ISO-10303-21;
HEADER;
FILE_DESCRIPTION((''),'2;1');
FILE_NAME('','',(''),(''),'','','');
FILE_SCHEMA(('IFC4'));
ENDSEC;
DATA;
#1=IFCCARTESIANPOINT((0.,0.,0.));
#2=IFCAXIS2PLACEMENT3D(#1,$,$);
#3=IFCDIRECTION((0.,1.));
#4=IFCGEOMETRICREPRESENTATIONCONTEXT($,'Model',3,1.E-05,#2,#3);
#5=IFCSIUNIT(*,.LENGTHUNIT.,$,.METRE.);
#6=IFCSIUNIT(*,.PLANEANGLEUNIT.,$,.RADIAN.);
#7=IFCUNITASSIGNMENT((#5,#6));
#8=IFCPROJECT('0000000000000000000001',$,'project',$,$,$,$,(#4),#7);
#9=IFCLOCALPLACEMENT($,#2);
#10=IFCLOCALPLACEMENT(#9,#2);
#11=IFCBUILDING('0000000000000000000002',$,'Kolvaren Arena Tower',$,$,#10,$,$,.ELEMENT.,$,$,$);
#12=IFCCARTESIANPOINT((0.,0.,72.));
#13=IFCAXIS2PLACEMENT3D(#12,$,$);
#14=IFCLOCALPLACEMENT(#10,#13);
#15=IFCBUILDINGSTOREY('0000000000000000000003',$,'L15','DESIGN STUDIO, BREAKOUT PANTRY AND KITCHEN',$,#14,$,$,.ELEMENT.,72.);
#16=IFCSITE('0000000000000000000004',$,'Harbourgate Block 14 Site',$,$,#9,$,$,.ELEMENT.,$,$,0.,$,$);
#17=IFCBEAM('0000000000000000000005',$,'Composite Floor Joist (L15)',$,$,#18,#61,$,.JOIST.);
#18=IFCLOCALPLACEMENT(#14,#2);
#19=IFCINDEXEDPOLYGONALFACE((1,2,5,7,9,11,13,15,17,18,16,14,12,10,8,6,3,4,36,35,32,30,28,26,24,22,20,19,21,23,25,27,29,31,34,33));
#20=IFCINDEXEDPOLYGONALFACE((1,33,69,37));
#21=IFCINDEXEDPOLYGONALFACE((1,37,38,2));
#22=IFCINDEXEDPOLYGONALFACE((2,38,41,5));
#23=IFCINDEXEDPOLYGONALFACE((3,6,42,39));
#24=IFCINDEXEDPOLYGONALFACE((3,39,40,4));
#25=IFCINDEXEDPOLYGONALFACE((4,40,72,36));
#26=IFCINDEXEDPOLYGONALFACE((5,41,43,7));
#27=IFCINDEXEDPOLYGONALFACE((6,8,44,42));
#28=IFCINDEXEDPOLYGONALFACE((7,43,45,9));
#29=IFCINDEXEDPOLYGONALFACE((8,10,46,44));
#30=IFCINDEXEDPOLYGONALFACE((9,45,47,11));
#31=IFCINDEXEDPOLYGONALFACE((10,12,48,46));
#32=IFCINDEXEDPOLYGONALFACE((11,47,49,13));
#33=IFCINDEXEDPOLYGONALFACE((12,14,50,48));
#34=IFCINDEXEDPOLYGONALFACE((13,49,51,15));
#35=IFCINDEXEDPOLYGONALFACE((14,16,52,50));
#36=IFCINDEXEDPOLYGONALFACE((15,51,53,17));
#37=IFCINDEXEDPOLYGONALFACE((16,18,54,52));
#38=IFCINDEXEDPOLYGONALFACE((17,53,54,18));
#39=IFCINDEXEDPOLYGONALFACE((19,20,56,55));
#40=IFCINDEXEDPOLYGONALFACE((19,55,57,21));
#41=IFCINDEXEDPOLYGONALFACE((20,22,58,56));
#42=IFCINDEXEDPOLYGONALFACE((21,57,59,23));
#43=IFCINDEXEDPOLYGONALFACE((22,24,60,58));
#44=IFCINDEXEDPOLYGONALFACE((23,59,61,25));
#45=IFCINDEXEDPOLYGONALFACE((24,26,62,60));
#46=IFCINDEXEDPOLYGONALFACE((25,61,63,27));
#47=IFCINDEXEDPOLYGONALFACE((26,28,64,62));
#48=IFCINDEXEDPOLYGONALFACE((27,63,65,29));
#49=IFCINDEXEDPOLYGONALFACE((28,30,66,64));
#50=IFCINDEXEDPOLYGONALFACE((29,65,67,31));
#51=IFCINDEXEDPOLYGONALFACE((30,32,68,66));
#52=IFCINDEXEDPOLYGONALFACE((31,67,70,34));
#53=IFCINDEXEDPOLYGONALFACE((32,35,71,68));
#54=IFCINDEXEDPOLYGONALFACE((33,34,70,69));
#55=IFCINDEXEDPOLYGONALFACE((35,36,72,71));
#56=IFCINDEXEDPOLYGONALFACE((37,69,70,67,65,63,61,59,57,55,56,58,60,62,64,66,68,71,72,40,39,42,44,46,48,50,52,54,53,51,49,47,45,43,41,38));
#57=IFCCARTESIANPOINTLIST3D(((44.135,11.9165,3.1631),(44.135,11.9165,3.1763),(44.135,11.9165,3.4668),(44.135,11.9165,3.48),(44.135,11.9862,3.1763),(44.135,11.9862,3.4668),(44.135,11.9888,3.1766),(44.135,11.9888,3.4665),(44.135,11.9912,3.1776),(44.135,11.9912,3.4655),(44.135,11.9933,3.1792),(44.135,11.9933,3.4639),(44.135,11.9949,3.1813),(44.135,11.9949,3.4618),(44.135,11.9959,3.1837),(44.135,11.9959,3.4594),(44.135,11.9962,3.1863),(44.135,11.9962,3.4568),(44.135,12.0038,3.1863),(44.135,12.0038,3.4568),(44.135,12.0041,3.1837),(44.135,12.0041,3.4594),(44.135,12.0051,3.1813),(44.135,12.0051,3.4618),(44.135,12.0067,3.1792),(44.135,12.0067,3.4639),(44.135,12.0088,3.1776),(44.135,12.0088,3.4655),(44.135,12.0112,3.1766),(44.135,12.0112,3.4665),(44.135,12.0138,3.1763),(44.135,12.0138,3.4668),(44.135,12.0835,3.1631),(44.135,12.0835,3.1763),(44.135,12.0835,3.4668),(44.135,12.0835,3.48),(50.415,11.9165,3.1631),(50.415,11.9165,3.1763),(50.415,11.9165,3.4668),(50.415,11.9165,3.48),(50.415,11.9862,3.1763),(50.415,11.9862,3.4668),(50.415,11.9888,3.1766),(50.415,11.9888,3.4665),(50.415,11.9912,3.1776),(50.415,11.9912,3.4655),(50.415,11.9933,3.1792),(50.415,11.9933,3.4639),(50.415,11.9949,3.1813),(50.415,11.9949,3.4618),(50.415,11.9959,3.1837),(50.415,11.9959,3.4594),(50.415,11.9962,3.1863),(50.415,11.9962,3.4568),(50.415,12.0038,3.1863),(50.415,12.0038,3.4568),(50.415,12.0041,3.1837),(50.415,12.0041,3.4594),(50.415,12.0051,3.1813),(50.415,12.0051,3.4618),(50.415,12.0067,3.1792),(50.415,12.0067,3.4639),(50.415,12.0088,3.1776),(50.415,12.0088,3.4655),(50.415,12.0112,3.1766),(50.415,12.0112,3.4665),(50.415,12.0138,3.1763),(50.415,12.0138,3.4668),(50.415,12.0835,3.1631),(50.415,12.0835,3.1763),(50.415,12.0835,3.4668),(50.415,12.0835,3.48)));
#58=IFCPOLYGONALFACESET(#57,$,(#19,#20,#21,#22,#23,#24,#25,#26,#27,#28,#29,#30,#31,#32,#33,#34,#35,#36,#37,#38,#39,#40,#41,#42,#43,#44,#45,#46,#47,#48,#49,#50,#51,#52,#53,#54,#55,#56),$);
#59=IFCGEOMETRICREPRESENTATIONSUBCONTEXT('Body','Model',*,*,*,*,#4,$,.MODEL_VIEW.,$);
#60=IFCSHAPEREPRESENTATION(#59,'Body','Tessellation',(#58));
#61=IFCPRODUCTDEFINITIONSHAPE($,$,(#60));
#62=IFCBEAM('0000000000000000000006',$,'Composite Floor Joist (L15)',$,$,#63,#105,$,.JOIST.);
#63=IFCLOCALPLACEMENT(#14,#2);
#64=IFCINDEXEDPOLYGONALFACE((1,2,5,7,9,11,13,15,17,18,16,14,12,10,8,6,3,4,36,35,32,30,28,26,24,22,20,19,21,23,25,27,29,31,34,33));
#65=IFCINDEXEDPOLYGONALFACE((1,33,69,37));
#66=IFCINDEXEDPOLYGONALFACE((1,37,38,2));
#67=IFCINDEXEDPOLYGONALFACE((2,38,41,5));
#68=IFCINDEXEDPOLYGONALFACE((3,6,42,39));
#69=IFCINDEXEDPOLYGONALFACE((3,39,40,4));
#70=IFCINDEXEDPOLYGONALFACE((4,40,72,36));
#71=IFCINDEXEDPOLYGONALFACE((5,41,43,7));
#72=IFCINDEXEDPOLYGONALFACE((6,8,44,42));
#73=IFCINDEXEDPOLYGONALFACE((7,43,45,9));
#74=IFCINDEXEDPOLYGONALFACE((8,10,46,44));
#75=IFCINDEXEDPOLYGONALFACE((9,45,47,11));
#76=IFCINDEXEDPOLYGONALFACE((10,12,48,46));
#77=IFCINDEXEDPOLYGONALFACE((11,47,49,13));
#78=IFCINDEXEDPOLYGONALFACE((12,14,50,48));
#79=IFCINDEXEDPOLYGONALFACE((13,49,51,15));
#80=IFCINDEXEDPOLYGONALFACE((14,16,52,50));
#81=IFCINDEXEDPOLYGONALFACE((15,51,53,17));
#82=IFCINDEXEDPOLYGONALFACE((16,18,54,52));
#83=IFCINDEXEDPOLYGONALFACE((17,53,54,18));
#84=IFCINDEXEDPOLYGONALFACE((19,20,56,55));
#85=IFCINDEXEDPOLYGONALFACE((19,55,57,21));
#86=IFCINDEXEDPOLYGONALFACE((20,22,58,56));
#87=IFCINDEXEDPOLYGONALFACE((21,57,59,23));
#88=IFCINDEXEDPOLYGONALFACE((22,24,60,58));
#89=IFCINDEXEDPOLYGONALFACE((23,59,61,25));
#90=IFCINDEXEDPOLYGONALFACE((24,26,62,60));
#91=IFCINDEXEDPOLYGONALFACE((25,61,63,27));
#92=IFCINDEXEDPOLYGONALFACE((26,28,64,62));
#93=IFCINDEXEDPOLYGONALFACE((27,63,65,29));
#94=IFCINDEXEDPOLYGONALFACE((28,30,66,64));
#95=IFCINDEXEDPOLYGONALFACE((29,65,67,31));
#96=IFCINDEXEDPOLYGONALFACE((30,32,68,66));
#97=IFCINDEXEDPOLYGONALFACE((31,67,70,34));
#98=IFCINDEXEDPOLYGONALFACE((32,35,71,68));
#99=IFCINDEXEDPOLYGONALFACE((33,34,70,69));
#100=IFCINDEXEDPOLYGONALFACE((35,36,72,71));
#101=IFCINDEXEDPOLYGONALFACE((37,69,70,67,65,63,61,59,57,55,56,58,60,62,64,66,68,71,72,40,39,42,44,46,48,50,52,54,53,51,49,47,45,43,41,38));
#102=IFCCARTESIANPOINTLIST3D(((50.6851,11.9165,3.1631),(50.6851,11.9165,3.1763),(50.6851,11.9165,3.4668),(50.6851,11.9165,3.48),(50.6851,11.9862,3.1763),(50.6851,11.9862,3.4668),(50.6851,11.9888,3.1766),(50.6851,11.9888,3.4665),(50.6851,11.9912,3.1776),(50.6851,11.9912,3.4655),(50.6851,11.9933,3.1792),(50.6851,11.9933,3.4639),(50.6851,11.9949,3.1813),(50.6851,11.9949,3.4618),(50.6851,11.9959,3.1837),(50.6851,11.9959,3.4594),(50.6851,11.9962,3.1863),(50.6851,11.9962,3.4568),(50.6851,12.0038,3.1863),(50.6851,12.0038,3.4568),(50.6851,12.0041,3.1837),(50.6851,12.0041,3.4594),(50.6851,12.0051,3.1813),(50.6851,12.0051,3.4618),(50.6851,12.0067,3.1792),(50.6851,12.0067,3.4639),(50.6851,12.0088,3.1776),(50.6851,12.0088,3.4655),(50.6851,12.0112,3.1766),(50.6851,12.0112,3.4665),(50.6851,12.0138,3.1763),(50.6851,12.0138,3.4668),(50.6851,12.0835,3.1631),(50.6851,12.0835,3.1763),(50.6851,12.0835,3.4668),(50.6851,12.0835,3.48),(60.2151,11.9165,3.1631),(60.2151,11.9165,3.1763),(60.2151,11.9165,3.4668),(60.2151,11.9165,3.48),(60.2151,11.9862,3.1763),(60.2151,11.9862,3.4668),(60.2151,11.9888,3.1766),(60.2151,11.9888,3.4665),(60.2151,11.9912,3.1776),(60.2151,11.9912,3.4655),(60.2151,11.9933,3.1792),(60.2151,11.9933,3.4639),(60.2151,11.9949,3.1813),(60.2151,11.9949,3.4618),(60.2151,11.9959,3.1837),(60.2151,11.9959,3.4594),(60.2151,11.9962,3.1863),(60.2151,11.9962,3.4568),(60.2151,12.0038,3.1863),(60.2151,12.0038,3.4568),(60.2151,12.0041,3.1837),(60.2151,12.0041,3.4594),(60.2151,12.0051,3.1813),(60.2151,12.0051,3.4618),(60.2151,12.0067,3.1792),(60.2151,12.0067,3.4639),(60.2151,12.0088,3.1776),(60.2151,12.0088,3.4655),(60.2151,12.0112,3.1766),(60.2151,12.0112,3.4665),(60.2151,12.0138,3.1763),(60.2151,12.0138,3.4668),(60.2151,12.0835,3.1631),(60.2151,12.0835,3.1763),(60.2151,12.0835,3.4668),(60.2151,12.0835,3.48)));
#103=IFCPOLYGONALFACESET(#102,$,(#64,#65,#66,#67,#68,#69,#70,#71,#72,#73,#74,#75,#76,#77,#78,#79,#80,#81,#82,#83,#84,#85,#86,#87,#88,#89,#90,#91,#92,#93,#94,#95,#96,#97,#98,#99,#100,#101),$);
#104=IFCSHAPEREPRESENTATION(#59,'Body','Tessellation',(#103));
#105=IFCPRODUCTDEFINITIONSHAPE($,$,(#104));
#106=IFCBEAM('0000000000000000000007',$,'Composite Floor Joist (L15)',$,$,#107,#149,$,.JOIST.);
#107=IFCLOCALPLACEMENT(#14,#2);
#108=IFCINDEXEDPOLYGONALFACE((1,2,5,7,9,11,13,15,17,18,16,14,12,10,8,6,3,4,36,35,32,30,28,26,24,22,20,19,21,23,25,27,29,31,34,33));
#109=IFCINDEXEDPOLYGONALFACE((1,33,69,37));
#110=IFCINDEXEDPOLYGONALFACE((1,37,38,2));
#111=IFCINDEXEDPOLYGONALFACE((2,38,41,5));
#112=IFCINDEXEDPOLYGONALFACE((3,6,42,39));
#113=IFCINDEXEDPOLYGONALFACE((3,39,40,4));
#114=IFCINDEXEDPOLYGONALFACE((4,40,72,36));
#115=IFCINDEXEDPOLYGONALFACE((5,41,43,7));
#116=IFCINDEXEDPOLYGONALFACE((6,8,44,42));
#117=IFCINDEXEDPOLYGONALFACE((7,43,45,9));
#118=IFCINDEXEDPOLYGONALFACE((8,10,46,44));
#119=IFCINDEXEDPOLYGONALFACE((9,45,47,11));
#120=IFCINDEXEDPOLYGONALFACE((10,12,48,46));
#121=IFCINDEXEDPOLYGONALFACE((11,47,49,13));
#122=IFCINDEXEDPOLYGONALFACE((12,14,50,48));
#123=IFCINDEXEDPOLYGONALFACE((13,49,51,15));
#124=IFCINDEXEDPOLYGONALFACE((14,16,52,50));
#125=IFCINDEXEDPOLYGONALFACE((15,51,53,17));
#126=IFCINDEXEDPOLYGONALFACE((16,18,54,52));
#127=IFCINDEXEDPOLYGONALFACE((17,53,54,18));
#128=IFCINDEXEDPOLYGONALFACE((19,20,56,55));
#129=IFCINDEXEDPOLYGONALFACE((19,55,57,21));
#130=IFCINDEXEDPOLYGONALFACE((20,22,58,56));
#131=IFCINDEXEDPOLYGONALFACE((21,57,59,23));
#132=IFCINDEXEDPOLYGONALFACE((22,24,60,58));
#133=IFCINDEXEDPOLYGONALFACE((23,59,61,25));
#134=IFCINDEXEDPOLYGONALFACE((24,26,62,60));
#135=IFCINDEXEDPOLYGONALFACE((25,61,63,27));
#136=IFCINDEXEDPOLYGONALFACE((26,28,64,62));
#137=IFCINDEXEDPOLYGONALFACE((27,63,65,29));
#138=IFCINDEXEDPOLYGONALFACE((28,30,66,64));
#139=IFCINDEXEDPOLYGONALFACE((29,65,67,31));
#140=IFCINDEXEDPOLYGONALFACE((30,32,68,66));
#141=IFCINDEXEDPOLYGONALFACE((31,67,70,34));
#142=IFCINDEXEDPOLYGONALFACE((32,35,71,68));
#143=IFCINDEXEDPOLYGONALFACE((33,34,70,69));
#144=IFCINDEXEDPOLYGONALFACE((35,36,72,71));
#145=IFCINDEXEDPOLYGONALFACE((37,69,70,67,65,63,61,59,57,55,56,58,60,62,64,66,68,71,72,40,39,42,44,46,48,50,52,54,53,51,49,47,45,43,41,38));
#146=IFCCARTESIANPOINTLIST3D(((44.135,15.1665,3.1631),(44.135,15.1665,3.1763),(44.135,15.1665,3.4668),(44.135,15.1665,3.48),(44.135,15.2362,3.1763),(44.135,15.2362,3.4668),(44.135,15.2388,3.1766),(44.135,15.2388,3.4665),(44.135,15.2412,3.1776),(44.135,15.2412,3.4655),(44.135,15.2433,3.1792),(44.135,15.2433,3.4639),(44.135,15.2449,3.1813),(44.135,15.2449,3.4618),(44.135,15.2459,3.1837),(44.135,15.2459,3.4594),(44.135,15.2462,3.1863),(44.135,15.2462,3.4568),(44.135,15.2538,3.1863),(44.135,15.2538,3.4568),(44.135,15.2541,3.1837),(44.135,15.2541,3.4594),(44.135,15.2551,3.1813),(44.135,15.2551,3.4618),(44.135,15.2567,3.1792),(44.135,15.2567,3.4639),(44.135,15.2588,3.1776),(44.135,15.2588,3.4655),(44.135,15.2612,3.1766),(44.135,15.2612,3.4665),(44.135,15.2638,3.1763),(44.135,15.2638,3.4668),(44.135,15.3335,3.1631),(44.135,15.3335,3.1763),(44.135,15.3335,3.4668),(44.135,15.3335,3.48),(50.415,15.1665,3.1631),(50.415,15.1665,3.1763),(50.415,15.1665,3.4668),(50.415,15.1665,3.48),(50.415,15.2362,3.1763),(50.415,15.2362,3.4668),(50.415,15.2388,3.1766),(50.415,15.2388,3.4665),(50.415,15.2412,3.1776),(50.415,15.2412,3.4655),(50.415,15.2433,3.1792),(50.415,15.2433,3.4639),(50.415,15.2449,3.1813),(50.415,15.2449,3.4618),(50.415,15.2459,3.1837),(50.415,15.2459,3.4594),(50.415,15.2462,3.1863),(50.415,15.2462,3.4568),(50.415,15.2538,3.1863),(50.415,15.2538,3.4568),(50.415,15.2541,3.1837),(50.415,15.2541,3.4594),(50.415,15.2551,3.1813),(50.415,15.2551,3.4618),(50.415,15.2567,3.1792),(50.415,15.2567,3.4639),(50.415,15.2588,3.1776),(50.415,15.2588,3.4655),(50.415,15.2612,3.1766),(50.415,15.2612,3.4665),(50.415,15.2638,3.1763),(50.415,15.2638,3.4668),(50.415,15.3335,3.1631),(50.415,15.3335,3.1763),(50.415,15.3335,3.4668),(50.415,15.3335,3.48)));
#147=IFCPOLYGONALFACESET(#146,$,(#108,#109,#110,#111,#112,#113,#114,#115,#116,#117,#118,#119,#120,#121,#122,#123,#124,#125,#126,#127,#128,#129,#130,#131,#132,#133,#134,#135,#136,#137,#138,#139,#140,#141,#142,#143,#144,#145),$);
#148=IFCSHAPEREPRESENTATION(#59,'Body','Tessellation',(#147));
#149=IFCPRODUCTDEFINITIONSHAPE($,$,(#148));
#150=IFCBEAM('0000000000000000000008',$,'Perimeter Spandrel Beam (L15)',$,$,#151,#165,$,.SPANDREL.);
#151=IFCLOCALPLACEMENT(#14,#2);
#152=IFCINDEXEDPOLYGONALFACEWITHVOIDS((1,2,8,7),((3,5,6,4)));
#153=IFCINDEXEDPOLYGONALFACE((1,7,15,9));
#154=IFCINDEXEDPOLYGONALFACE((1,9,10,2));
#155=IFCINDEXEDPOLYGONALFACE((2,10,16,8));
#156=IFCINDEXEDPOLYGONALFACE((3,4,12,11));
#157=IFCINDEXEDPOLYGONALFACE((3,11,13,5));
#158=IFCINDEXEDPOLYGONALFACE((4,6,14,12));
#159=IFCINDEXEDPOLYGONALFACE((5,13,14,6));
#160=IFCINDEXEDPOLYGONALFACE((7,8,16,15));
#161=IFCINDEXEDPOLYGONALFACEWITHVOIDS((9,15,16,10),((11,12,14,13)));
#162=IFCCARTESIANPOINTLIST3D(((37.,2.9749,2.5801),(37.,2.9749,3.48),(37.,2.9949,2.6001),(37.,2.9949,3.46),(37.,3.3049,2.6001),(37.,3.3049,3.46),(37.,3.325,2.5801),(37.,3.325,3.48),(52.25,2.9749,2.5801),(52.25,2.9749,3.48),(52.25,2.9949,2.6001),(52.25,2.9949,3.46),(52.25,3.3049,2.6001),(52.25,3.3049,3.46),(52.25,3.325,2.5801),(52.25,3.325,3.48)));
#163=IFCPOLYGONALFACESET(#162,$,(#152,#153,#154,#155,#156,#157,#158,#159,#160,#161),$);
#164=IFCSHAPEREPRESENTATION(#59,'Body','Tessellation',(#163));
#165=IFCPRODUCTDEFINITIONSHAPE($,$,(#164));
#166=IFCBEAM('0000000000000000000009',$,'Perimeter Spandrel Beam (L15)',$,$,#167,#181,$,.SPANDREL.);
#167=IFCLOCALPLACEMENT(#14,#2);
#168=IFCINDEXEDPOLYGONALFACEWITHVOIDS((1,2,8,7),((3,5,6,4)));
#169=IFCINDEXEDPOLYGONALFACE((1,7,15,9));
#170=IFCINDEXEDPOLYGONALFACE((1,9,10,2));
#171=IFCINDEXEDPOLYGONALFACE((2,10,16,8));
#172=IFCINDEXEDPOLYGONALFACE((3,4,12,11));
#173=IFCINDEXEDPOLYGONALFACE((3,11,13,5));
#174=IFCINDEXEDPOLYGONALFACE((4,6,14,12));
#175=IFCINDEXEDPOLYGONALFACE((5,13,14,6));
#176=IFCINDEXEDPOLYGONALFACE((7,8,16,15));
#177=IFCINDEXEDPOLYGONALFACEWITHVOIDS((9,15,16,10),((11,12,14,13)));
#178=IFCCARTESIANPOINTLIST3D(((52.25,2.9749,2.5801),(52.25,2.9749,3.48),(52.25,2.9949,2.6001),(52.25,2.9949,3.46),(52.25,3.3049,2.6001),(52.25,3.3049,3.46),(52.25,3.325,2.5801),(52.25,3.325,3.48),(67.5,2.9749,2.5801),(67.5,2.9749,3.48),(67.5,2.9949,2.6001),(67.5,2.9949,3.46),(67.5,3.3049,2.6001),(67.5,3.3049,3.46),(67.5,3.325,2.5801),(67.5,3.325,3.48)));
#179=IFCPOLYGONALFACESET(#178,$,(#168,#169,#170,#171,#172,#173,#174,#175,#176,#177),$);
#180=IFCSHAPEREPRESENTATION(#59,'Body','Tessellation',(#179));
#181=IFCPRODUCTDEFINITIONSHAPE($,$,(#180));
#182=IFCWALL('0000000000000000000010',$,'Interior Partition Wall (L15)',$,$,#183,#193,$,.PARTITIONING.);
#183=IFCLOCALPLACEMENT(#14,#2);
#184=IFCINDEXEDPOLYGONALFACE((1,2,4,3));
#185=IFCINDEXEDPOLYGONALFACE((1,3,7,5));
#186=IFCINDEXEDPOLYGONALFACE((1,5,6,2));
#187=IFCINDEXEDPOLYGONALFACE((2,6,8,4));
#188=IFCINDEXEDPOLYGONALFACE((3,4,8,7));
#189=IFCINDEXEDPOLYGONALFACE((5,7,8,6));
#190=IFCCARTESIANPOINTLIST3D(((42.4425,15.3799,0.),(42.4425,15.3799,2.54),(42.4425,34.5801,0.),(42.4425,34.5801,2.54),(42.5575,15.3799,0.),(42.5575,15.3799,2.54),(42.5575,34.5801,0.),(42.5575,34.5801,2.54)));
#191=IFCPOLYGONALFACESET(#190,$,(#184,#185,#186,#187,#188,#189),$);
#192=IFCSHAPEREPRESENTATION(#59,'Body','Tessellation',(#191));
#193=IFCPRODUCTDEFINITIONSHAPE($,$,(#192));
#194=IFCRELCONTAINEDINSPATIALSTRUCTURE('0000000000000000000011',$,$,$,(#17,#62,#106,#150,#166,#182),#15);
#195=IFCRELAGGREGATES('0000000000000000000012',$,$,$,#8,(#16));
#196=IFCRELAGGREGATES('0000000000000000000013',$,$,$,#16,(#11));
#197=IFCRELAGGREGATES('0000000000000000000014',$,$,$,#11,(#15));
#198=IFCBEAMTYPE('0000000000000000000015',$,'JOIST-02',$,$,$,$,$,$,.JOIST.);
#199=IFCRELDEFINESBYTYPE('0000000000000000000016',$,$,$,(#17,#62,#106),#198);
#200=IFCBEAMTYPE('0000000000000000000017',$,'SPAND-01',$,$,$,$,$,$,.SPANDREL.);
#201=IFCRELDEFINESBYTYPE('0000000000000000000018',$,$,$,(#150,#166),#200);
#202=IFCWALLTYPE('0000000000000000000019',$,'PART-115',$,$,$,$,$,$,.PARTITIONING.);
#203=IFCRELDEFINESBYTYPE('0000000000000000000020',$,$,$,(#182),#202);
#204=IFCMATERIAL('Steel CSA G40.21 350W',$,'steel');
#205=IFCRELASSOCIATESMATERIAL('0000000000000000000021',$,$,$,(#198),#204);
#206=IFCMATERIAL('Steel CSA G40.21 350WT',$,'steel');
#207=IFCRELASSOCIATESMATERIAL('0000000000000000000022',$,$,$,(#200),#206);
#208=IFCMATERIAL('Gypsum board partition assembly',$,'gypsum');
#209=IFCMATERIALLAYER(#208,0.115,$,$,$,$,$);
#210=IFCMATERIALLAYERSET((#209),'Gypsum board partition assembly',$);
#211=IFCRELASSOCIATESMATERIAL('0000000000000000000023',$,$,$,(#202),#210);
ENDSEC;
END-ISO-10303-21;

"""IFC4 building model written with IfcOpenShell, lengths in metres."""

from ifc_helpers import new_model, si_unit, direction, frame, frame_2d, origin, origin_2d, place, context, subcontext, project, spatial, rectangle, hollow_rectangle, i_section, extrude, material, layer, layer_set, material_profile, profile_set, type_object, element, save


model = new_model("IFC4")

# Units and contexts
model_context = context("Model", 3, precision=1e-05, world=origin(), true_north=direction((0.0, 1.0)))
body_context = subcontext(model_context, "Body", "Model", "MODEL_VIEW")
ifc_project = project(units=[si_unit("LENGTHUNIT", "METRE"), si_unit("PLANEANGLEUNIT", "RADIAN")], contexts=[model_context])

# Site, building, storey
site_placement = place(None, origin())
site = spatial("IfcSite", under=ifc_project, at=site_placement, Name="Harbourgate Block 14 Site", CompositionType="ELEMENT", RefElevation=0.0)
building_placement = place(site_placement, origin())
building = spatial("IfcBuilding", under=site, at=building_placement, Name="Kolvaren Arena Tower", CompositionType="ELEMENT")
storey_placement = place(building_placement, frame((0.0, 0.0, 72.0)))
storey = spatial("IfcBuildingStorey", under=building, at=storey_placement, Name="L15", Description="DESIGN STUDIO, BREAKOUT PANTRY AND KITCHEN", CompositionType="ELEMENT", Elevation=72.0)

# Beams
ifc_material_1 = material(Name="Steel CSA G40.21 350W", Category="steel")
ifc_material_profile_1 = material_profile(ifc_material_1, i_section(OverallWidth=0.167, OverallDepth=0.3169, WebThickness=0.0076, FlangeThickness=0.0132, FilletRadius=0.01, at=origin_2d()), Name="W310x52")
ifc_profile_set_1 = profile_set([ifc_material_profile_1], Name="Steel CSA G40.21 350W")
beam_type_1 = type_object("IfcBeamType", Name="JOIST-02", PredefinedType="JOIST", material=ifc_profile_set_1)
beam_1_placement = place(storey_placement, frame((44.135, 12.0, 3.3215), z_axis=(1.0, 0.0, 0.0), x_axis=(0.0, 1.0, 0.0)))
element("IfcBeam", 1, at=beam_1_placement, inside=storey, type_object=beam_type_1, Name="Composite Floor Joist (L15)", PredefinedType="JOIST", context=body_context, shape_type="SweptSolid", body=[
    extrude(i_section(OverallWidth=0.167, OverallDepth=0.3169, WebThickness=0.0076, FlangeThickness=0.0132, FilletRadius=0.01, at=origin_2d()), origin(), (0.0, 0.0, 1.0), 6.28),
])
beam_2_placement = place(storey_placement, frame((50.6851, 12.0, 3.3215), z_axis=(1.0, 0.0, 0.0), x_axis=(0.0, 1.0, 0.0)))
element("IfcBeam", 2, at=beam_2_placement, inside=storey, type_object=beam_type_1, Name="Composite Floor Joist (L15)", PredefinedType="JOIST", context=body_context, shape_type="SweptSolid", body=[
    extrude(i_section(OverallWidth=0.167, OverallDepth=0.3169, WebThickness=0.0076, FlangeThickness=0.0132, FilletRadius=0.01, at=origin_2d()), origin(), (0.0, 0.0, 1.0), 9.53),
])
beam_3_placement = place(storey_placement, frame((44.135, 15.25, 3.3215), z_axis=(1.0, 0.0, 0.0), x_axis=(0.0, 1.0, 0.0)))
element("IfcBeam", 3, at=beam_3_placement, inside=storey, type_object=beam_type_1, Name="Composite Floor Joist (L15)", PredefinedType="JOIST", context=body_context, shape_type="SweptSolid", body=[
    extrude(i_section(OverallWidth=0.167, OverallDepth=0.3169, WebThickness=0.0076, FlangeThickness=0.0132, FilletRadius=0.01, at=origin_2d()), origin(), (0.0, 0.0, 1.0), 6.28),
])
ifc_material_2 = material(Name="Steel CSA G40.21 350WT", Category="steel")
ifc_material_profile_2 = material_profile(ifc_material_2, hollow_rectangle(XDim=0.3501, YDim=0.8999, WallThickness=0.02, at=origin_2d()), Name="HSS 900x350x20")
ifc_profile_set_2 = profile_set([ifc_material_profile_2], Name="Steel CSA G40.21 350WT")
beam_type_2 = type_object("IfcBeamType", Name="SPAND-01", PredefinedType="SPANDREL", material=ifc_profile_set_2)
for number, where, z_axis, x_axis, name in (
    (4, (37.0, 3.1499, 3.03), (1.0, 0.0, 0.0), (0.0, 1.0, 0.0), "Perimeter Spandrel Beam (L15)"),
    (5, (52.25, 3.1499, 3.03), (1.0, 0.0, 0.0), (0.0, 1.0, 0.0), "Perimeter Spandrel Beam (L15)"),
):
    element("IfcBeam", number, at=place(storey_placement, frame(where, z_axis=z_axis, x_axis=x_axis)), inside=storey, type_object=beam_type_2, Name=name, PredefinedType="SPANDREL", context=body_context, shape_type="SweptSolid", body=[
        extrude(hollow_rectangle(XDim=0.3501, YDim=0.8999, WallThickness=0.02, at=origin_2d()), origin(), (0.0, 0.0, 1.0), 15.25),
    ])

# Wall
ifc_material_3 = material(Name="Gypsum board partition assembly", Category="gypsum")
ifc_layer_1 = layer(ifc_material_3, 0.115)
ifc_layer_set_1 = layer_set([ifc_layer_1], Name="Gypsum board partition assembly")
wall_type_1 = type_object("IfcWallType", Name="PART-115", PredefinedType="PARTITIONING", material=ifc_layer_set_1)
wall_placement = place(storey_placement, frame((42.5, 15.3799, 0.0), z_axis=(0.0, 0.0, 1.0), x_axis=(0.0, 1.0, 0.0)))
element("IfcWall", 6, at=wall_placement, inside=storey, type_object=wall_type_1, Name="Interior Partition Wall (L15)", PredefinedType="PARTITIONING", context=body_context, shape_type="SweptSolid", body=[
    extrude(rectangle(XDim=19.2002, YDim=0.115, at=frame_2d((9.6001, 0.0))), origin(), (0.0, 0.0, 1.0), 2.54),
])

save(model, "model.ifc")
